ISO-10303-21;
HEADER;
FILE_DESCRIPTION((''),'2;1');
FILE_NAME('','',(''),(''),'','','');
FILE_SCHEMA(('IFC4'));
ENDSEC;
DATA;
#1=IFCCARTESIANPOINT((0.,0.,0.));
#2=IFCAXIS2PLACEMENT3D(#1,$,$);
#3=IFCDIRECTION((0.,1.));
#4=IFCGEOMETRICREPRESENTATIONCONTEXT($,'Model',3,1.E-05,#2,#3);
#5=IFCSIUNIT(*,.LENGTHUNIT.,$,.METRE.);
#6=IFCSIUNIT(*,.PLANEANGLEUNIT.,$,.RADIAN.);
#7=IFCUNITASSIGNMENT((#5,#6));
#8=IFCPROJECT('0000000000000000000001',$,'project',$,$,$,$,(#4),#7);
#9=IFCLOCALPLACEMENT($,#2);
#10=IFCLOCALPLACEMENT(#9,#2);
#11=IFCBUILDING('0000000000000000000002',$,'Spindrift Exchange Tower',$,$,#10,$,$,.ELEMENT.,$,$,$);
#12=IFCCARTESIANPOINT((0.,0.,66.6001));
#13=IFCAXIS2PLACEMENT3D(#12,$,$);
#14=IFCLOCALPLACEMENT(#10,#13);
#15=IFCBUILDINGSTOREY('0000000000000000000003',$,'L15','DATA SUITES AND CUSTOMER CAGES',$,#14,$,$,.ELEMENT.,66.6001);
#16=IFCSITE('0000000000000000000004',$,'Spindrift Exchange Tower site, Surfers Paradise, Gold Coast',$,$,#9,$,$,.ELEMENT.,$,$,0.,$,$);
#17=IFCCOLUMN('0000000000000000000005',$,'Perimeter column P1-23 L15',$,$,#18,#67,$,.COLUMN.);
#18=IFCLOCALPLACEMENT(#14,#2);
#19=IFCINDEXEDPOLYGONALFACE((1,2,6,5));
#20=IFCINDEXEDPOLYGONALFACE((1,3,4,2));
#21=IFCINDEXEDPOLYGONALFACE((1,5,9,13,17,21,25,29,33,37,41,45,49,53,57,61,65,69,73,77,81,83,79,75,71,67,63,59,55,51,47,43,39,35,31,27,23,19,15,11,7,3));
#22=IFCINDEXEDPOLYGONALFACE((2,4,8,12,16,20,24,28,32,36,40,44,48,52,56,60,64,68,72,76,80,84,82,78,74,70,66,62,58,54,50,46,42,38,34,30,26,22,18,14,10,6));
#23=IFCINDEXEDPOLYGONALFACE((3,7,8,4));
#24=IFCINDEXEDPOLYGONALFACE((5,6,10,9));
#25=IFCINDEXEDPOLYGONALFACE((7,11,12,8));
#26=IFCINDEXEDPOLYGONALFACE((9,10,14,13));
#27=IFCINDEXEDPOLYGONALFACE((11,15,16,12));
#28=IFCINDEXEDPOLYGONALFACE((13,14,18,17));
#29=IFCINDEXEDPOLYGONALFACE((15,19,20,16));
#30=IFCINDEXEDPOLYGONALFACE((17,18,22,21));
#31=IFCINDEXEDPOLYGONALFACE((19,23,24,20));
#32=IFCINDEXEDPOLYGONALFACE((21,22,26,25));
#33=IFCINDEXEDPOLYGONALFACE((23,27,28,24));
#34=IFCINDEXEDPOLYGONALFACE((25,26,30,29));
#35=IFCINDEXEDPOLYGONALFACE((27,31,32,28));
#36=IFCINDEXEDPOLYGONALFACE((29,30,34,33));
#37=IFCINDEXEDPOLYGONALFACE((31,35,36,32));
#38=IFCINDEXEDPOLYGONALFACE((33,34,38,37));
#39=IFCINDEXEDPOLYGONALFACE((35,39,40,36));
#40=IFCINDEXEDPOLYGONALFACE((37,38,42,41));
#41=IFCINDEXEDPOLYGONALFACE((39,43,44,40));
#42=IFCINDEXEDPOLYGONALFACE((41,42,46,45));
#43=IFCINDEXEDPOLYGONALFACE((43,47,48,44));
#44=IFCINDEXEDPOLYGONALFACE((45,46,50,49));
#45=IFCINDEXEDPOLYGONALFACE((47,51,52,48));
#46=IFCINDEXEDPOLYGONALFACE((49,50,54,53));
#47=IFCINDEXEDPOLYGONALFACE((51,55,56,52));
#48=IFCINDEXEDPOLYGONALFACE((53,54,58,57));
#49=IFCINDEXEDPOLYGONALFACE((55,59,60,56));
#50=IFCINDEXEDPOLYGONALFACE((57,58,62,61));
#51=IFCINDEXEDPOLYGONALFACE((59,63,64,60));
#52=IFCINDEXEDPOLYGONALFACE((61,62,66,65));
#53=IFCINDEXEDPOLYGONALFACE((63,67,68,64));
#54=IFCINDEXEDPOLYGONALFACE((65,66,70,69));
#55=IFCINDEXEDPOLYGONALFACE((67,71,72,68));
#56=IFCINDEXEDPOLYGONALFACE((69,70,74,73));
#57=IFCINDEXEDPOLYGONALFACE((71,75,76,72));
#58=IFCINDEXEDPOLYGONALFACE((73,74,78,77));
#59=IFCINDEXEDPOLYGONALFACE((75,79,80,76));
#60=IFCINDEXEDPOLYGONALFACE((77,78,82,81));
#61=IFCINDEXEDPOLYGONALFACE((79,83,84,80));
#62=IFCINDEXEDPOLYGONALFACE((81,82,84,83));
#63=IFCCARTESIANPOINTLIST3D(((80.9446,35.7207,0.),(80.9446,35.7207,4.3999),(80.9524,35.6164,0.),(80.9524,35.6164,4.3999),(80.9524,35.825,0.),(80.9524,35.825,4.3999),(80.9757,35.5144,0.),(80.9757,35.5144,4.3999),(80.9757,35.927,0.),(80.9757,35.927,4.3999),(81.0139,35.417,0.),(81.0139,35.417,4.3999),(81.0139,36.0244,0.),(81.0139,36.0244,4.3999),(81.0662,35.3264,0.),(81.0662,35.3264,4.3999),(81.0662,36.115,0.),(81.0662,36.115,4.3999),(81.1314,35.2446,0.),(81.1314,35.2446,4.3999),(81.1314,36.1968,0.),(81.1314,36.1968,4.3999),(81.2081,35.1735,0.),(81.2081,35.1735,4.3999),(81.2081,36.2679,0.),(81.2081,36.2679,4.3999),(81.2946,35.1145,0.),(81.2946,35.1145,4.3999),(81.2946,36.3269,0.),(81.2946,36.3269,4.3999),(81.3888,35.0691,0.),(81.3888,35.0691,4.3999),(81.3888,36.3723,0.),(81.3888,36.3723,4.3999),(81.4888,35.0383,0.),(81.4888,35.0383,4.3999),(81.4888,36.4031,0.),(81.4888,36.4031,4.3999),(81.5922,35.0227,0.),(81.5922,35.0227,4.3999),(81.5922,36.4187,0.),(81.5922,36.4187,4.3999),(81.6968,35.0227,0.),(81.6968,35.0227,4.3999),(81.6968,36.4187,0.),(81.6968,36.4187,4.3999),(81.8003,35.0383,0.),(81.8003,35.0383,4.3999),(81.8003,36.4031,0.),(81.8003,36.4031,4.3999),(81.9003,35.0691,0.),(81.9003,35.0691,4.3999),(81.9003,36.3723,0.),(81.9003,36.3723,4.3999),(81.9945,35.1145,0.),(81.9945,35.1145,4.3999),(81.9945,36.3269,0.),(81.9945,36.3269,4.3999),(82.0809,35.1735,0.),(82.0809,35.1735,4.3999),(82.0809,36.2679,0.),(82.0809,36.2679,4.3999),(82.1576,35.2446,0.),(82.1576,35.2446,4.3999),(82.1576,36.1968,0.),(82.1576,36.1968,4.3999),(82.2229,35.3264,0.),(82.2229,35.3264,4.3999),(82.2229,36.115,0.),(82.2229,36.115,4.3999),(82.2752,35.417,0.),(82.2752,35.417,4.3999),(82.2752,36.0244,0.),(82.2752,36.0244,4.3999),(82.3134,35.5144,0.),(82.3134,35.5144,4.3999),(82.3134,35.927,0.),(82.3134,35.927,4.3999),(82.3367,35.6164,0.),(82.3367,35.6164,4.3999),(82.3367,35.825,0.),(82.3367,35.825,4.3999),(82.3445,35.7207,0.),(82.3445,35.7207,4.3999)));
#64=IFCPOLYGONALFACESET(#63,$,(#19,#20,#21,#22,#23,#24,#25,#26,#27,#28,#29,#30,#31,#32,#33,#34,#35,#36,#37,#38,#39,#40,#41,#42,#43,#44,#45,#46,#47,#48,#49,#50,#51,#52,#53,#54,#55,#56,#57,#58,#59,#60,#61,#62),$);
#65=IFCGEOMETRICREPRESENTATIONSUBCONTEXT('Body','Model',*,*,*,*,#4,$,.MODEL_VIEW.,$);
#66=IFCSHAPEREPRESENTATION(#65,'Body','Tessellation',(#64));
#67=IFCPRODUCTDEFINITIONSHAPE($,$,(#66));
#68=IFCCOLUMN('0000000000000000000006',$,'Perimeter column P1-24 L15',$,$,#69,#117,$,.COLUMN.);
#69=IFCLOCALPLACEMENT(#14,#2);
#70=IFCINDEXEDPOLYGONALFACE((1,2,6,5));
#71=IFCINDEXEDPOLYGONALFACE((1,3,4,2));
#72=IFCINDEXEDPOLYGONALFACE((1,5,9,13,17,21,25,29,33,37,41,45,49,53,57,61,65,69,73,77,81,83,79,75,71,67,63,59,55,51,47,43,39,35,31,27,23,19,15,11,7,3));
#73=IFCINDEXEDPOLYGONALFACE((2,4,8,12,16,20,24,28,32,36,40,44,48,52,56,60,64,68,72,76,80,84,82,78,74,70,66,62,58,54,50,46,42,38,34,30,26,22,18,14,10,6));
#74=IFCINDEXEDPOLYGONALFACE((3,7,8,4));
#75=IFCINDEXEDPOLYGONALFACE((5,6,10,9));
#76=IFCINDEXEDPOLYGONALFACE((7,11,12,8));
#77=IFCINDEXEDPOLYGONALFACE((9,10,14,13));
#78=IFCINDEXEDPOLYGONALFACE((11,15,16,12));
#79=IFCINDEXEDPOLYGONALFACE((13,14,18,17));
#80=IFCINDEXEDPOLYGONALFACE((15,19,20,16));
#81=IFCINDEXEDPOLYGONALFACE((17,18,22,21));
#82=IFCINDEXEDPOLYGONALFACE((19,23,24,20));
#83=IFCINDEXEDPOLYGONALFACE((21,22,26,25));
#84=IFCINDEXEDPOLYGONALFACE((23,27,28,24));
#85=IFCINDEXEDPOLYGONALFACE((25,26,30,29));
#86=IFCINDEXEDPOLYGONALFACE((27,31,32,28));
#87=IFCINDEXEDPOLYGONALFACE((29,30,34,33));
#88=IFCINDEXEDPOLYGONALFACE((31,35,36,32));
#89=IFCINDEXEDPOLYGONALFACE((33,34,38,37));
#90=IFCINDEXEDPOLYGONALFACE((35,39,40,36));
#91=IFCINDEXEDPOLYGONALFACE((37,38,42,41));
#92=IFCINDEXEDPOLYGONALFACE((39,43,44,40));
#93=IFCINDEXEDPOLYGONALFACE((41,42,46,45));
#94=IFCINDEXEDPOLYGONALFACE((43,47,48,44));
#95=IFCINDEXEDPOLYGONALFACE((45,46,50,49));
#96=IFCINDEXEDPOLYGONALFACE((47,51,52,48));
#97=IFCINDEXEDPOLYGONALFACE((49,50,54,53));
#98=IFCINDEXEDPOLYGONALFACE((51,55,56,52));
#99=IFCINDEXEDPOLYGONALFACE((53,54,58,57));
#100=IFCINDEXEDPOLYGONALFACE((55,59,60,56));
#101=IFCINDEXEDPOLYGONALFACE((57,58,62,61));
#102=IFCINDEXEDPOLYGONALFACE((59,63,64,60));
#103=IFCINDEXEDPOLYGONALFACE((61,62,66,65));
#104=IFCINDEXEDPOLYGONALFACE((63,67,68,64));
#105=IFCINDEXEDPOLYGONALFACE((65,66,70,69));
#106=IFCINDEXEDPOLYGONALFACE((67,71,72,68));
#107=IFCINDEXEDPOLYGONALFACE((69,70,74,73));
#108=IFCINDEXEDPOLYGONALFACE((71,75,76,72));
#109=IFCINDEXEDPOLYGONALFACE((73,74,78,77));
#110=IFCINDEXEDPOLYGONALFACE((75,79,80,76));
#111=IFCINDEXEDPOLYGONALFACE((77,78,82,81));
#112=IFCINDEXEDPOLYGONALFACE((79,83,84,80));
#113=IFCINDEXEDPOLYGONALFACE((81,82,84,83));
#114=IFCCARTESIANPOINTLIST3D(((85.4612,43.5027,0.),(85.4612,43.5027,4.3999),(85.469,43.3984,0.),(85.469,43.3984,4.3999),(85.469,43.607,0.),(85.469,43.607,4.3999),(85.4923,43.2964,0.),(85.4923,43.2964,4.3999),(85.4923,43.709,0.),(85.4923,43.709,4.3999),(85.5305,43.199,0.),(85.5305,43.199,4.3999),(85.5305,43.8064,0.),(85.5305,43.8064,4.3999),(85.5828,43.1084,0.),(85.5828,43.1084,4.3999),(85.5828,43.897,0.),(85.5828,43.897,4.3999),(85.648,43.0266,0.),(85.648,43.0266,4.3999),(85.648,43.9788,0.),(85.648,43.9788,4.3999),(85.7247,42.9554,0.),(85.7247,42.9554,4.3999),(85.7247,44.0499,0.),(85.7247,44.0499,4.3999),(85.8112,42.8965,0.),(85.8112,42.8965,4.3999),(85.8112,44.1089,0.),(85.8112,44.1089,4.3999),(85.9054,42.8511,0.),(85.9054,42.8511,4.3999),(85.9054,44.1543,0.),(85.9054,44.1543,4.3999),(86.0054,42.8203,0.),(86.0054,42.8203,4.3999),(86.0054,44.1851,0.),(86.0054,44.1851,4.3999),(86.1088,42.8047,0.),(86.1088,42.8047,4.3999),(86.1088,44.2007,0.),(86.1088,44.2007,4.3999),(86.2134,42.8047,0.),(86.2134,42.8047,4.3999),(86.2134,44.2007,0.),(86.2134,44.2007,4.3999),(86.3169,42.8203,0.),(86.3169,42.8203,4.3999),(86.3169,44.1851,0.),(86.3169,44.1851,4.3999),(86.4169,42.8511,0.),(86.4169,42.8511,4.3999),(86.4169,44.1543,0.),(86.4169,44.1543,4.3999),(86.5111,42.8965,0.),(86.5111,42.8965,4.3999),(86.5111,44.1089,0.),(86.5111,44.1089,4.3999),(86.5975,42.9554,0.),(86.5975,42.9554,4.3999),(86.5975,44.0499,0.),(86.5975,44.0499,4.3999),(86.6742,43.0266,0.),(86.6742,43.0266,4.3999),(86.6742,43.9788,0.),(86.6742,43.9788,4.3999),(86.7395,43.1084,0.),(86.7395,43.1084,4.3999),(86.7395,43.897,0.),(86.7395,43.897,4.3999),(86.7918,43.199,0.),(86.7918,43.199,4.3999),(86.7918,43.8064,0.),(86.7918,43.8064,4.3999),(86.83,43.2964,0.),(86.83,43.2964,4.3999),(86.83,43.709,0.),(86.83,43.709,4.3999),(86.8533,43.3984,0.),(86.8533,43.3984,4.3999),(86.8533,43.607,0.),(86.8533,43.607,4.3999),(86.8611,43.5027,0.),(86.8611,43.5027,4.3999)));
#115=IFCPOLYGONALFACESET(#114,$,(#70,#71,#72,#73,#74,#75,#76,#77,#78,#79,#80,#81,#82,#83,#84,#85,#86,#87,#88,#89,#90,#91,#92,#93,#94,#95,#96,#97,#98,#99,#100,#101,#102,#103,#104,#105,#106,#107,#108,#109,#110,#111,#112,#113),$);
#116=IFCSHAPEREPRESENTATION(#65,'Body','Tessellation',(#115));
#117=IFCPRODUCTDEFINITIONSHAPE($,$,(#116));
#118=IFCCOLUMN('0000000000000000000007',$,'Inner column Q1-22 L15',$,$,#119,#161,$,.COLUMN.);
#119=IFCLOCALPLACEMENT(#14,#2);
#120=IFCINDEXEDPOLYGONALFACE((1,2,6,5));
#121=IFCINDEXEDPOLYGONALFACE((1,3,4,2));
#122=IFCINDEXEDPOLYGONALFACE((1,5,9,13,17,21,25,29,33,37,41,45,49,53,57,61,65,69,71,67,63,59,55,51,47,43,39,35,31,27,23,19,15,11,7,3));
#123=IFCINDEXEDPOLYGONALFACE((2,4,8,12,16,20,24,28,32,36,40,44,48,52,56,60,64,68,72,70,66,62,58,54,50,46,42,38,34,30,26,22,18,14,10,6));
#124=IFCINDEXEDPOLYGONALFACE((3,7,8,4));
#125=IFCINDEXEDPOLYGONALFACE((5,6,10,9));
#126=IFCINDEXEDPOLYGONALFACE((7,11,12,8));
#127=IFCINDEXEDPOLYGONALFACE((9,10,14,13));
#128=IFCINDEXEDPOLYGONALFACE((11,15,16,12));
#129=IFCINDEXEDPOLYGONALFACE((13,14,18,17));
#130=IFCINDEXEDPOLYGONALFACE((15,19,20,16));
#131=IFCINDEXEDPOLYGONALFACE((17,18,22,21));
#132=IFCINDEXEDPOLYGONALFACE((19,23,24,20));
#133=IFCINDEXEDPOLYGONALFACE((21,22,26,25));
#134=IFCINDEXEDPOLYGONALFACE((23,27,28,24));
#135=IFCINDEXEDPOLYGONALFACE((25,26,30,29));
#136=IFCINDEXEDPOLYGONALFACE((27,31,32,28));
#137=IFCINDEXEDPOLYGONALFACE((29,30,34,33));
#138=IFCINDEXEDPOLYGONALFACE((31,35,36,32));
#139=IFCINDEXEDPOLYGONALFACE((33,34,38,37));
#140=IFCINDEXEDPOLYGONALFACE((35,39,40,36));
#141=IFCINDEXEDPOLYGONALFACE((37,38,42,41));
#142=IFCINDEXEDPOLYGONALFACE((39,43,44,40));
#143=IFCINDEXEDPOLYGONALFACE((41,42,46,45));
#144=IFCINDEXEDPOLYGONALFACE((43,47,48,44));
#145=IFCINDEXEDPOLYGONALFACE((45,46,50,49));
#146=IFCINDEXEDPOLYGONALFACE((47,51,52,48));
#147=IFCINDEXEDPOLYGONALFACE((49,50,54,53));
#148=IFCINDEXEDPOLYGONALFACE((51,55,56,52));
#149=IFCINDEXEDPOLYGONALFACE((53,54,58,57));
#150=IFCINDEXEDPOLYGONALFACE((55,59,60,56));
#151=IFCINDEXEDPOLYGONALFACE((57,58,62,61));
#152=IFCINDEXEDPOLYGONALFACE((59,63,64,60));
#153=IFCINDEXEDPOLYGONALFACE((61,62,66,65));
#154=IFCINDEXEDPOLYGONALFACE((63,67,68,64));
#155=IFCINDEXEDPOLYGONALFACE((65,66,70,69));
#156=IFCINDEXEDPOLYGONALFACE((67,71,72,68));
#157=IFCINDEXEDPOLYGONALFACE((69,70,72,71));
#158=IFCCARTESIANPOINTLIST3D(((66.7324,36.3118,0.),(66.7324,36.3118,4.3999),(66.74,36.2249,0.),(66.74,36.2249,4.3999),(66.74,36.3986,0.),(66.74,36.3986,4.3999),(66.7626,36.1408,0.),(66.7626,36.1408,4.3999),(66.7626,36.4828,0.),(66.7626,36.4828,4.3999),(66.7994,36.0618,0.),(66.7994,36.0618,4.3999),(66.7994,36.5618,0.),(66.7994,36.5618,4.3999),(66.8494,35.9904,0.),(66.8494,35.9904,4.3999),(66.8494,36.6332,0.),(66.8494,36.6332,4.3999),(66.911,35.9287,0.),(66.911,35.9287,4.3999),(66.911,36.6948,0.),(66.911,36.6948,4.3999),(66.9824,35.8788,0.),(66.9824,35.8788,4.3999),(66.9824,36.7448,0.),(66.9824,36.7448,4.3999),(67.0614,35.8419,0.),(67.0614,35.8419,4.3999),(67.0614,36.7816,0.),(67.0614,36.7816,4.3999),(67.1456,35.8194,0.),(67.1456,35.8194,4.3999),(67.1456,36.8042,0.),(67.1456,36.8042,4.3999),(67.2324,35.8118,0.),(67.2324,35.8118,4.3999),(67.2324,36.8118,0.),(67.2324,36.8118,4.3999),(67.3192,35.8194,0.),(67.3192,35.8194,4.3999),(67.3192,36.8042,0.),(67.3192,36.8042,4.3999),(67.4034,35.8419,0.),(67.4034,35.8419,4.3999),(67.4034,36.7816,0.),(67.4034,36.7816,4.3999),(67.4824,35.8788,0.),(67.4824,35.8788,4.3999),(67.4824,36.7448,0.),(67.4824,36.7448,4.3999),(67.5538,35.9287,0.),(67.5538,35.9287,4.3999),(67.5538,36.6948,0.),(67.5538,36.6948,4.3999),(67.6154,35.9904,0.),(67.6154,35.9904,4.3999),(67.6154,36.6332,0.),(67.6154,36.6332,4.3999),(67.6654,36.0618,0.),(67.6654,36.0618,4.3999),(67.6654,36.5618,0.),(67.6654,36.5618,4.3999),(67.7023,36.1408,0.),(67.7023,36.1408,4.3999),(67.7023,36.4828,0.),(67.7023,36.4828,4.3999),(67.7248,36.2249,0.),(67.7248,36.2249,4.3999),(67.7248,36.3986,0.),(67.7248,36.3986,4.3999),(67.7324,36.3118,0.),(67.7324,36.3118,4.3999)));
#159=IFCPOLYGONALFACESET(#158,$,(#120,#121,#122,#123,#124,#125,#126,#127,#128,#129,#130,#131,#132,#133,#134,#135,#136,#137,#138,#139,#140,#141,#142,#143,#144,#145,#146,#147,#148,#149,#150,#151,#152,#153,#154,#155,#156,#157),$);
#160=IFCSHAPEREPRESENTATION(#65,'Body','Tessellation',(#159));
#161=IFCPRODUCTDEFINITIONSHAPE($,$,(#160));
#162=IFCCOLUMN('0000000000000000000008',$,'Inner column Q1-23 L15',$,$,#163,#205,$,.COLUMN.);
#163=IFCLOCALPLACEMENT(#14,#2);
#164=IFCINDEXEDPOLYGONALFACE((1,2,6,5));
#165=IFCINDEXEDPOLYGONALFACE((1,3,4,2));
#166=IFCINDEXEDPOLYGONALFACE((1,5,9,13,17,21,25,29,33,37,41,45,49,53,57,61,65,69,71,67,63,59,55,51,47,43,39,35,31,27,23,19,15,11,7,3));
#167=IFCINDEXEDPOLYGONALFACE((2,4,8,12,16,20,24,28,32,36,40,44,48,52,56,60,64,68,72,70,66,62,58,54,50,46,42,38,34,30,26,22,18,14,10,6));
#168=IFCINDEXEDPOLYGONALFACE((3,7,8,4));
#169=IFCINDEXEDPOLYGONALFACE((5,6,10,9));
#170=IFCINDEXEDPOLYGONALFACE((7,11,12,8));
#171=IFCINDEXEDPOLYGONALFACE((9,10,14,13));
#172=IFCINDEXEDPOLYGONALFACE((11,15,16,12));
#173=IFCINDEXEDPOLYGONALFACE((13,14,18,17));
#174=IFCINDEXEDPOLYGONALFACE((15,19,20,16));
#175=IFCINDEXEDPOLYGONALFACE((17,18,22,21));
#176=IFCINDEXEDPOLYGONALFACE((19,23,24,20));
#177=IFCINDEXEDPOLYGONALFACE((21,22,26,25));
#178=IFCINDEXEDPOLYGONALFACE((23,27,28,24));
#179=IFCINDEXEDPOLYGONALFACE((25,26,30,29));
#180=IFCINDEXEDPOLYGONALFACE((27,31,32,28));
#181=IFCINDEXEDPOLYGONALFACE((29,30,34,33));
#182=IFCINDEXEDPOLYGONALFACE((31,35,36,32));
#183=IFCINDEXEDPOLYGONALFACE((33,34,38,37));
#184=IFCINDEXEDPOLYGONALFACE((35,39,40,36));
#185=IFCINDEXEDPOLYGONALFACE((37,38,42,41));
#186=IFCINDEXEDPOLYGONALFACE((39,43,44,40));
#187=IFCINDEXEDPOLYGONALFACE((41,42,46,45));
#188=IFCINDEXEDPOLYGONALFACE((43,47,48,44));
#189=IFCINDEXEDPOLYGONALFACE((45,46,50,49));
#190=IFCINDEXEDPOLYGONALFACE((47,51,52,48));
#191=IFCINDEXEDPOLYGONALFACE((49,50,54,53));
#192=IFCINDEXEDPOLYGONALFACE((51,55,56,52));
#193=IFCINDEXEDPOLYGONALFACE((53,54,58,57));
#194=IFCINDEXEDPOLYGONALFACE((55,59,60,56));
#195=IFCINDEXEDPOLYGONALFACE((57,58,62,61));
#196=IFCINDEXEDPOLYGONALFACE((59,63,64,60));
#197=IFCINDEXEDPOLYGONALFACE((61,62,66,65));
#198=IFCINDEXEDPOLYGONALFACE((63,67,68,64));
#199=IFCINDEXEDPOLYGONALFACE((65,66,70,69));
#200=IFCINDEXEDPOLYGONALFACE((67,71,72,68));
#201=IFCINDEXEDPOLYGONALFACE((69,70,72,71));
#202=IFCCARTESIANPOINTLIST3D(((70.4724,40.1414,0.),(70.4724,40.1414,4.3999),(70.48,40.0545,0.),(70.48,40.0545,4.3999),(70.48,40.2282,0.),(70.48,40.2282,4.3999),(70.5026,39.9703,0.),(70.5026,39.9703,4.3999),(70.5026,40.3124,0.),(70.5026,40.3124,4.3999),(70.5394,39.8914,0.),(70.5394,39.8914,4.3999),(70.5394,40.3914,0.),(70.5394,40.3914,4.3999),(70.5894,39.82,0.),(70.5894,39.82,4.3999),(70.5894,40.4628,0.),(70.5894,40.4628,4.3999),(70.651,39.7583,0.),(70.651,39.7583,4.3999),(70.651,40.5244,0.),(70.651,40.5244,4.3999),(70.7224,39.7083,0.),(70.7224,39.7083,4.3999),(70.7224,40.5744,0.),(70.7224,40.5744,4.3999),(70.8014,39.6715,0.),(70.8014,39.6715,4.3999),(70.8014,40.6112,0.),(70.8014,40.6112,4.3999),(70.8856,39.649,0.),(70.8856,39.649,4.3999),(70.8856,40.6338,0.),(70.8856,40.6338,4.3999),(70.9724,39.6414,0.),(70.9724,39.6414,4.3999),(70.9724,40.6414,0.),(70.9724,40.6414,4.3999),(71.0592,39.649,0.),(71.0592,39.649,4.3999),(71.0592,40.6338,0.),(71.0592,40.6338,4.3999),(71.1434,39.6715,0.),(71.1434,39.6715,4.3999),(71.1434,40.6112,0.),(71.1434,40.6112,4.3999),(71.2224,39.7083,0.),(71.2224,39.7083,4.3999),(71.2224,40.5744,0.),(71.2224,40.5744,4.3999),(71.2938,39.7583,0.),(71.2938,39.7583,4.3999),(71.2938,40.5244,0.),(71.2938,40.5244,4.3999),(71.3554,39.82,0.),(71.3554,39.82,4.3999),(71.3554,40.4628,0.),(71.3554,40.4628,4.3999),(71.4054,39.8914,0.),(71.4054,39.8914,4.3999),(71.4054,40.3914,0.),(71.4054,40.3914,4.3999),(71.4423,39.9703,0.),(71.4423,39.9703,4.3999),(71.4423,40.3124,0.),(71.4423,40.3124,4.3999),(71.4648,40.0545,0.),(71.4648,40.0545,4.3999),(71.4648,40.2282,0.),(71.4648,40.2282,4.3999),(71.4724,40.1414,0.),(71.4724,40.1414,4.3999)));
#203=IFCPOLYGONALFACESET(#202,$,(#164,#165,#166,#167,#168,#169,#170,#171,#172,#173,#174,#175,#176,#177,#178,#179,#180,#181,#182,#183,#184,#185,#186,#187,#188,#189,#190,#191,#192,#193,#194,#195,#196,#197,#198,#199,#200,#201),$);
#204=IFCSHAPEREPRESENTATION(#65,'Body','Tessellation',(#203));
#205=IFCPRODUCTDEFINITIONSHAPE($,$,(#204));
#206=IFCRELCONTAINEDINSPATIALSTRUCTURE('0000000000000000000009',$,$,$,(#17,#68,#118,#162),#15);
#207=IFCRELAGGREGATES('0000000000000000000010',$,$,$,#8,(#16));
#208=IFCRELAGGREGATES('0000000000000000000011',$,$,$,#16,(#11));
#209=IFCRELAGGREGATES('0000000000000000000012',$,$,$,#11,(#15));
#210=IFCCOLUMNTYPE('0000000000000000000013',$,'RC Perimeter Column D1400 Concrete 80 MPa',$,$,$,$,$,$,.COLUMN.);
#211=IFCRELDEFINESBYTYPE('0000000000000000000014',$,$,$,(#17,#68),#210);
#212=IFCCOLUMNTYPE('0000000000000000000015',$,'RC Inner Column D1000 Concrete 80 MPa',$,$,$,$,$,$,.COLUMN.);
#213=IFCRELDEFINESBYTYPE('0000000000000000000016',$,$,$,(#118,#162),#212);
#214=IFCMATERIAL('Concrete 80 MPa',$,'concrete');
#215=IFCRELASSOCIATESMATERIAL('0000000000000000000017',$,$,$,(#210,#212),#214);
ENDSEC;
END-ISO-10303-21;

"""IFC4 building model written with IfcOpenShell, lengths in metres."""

from ifc_helpers import new_model, si_unit, direction, frame, origin, origin_2d, place, context, subcontext, project, spatial, circle, extrude, source, transform, mapped, material, material_profile, profile_set, type_object, element, save


model = new_model("IFC4")

# Units and contexts
model_context = context("Model", 3, precision=1e-05, world=origin(), true_north=direction((0.0, 1.0)))
body_context = subcontext(model_context, "Body", "Model", "MODEL_VIEW")
ifc_project = project(units=[si_unit("LENGTHUNIT", "METRE"), si_unit("PLANEANGLEUNIT", "RADIAN")], contexts=[model_context])

# Site, building, storey
site_placement = place(None, origin())
site = spatial("IfcSite", under=ifc_project, at=site_placement, Name="Spindrift Exchange Tower site, Surfers Paradise, Gold Coast", CompositionType="ELEMENT", RefElevation=0.0)
building_placement = place(site_placement, origin())
building = spatial("IfcBuilding", under=site, at=building_placement, Name="Spindrift Exchange Tower", CompositionType="ELEMENT")
storey_placement = place(building_placement, frame((0.0, 0.0, 66.6001)))
storey = spatial("IfcBuildingStorey", under=building, at=storey_placement, Name="L15", Description="DATA SUITES AND CUSTOMER CAGES", CompositionType="ELEMENT", Elevation=66.6001)

# Columns
ifc_material_1 = material(Name="Concrete 80 MPa", Category="concrete")
ifc_material_profile_1 = material_profile(ifc_material_1, circle(Radius=0.7, at=origin_2d()), Name="RC D1400")
ifc_profile_set_1 = profile_set([ifc_material_profile_1], Name="Concrete 80 MPa")
column_type_1 = type_object("IfcColumnType", Name="RC Perimeter Column D1400 Concrete 80 MPa", PredefinedType="COLUMN", material=ifc_profile_set_1)
shared_shape_1 = source(origin(), body_context, "Body", "SweptSolid", [
    extrude(circle(Radius=0.7, at=origin_2d()), origin(), (0.0, 0.0, 1.0), 4.3999),
])
for number, where, z_axis, x_axis, name in (
    (1, (81.6445, 35.7207, 0.0), (0.0, 0.0, 1.0), (1.0, 0.0, 0.0), "Perimeter column P1-23 L15"),
    (2, (86.1611, 43.5027, 0.0), (0.0, 0.0, 1.0), (1.0, 0.0, 0.0), "Perimeter column P1-24 L15"),
):
    element("IfcColumn", number, at=place(storey_placement, frame(where, z_axis=z_axis, x_axis=x_axis)), inside=storey, type_object=column_type_1, Name=name, PredefinedType="COLUMN", context=body_context, shape_type="MappedRepresentation", body=[
        mapped(shared_shape_1, transform((0.0, 0.0, 0.0), scale=1.0)),
    ])
ifc_material_profile_2 = material_profile(ifc_material_1, circle(Radius=0.5, at=origin_2d()), Name="RC D1000")
ifc_profile_set_2 = profile_set([ifc_material_profile_2], Name="Concrete 80 MPa")
column_type_2 = type_object("IfcColumnType", Name="RC Inner Column D1000 Concrete 80 MPa", PredefinedType="COLUMN", material=ifc_profile_set_2)
shared_shape_2 = source(origin(), body_context, "Body", "SweptSolid", [
    extrude(circle(Radius=0.5, at=origin_2d()), origin(), (0.0, 0.0, 1.0), 4.3999),
])
for number, where, z_axis, x_axis, name in (
    (3, (67.2324, 36.3118, 0.0), (0.0, 0.0, 1.0), (1.0, 0.0, 0.0), "Inner column Q1-22 L15"),
    (4, (70.9724, 40.1414, 0.0), (0.0, 0.0, 1.0), (1.0, 0.0, 0.0), "Inner column Q1-23 L15"),
):
    element("IfcColumn", number, at=place(storey_placement, frame(where, z_axis=z_axis, x_axis=x_axis)), inside=storey, type_object=column_type_2, Name=name, PredefinedType="COLUMN", context=body_context, shape_type="MappedRepresentation", body=[
        mapped(shared_shape_2, transform((0.0, 0.0, 0.0), scale=1.0)),
    ])

save(model, "model.ifc")
